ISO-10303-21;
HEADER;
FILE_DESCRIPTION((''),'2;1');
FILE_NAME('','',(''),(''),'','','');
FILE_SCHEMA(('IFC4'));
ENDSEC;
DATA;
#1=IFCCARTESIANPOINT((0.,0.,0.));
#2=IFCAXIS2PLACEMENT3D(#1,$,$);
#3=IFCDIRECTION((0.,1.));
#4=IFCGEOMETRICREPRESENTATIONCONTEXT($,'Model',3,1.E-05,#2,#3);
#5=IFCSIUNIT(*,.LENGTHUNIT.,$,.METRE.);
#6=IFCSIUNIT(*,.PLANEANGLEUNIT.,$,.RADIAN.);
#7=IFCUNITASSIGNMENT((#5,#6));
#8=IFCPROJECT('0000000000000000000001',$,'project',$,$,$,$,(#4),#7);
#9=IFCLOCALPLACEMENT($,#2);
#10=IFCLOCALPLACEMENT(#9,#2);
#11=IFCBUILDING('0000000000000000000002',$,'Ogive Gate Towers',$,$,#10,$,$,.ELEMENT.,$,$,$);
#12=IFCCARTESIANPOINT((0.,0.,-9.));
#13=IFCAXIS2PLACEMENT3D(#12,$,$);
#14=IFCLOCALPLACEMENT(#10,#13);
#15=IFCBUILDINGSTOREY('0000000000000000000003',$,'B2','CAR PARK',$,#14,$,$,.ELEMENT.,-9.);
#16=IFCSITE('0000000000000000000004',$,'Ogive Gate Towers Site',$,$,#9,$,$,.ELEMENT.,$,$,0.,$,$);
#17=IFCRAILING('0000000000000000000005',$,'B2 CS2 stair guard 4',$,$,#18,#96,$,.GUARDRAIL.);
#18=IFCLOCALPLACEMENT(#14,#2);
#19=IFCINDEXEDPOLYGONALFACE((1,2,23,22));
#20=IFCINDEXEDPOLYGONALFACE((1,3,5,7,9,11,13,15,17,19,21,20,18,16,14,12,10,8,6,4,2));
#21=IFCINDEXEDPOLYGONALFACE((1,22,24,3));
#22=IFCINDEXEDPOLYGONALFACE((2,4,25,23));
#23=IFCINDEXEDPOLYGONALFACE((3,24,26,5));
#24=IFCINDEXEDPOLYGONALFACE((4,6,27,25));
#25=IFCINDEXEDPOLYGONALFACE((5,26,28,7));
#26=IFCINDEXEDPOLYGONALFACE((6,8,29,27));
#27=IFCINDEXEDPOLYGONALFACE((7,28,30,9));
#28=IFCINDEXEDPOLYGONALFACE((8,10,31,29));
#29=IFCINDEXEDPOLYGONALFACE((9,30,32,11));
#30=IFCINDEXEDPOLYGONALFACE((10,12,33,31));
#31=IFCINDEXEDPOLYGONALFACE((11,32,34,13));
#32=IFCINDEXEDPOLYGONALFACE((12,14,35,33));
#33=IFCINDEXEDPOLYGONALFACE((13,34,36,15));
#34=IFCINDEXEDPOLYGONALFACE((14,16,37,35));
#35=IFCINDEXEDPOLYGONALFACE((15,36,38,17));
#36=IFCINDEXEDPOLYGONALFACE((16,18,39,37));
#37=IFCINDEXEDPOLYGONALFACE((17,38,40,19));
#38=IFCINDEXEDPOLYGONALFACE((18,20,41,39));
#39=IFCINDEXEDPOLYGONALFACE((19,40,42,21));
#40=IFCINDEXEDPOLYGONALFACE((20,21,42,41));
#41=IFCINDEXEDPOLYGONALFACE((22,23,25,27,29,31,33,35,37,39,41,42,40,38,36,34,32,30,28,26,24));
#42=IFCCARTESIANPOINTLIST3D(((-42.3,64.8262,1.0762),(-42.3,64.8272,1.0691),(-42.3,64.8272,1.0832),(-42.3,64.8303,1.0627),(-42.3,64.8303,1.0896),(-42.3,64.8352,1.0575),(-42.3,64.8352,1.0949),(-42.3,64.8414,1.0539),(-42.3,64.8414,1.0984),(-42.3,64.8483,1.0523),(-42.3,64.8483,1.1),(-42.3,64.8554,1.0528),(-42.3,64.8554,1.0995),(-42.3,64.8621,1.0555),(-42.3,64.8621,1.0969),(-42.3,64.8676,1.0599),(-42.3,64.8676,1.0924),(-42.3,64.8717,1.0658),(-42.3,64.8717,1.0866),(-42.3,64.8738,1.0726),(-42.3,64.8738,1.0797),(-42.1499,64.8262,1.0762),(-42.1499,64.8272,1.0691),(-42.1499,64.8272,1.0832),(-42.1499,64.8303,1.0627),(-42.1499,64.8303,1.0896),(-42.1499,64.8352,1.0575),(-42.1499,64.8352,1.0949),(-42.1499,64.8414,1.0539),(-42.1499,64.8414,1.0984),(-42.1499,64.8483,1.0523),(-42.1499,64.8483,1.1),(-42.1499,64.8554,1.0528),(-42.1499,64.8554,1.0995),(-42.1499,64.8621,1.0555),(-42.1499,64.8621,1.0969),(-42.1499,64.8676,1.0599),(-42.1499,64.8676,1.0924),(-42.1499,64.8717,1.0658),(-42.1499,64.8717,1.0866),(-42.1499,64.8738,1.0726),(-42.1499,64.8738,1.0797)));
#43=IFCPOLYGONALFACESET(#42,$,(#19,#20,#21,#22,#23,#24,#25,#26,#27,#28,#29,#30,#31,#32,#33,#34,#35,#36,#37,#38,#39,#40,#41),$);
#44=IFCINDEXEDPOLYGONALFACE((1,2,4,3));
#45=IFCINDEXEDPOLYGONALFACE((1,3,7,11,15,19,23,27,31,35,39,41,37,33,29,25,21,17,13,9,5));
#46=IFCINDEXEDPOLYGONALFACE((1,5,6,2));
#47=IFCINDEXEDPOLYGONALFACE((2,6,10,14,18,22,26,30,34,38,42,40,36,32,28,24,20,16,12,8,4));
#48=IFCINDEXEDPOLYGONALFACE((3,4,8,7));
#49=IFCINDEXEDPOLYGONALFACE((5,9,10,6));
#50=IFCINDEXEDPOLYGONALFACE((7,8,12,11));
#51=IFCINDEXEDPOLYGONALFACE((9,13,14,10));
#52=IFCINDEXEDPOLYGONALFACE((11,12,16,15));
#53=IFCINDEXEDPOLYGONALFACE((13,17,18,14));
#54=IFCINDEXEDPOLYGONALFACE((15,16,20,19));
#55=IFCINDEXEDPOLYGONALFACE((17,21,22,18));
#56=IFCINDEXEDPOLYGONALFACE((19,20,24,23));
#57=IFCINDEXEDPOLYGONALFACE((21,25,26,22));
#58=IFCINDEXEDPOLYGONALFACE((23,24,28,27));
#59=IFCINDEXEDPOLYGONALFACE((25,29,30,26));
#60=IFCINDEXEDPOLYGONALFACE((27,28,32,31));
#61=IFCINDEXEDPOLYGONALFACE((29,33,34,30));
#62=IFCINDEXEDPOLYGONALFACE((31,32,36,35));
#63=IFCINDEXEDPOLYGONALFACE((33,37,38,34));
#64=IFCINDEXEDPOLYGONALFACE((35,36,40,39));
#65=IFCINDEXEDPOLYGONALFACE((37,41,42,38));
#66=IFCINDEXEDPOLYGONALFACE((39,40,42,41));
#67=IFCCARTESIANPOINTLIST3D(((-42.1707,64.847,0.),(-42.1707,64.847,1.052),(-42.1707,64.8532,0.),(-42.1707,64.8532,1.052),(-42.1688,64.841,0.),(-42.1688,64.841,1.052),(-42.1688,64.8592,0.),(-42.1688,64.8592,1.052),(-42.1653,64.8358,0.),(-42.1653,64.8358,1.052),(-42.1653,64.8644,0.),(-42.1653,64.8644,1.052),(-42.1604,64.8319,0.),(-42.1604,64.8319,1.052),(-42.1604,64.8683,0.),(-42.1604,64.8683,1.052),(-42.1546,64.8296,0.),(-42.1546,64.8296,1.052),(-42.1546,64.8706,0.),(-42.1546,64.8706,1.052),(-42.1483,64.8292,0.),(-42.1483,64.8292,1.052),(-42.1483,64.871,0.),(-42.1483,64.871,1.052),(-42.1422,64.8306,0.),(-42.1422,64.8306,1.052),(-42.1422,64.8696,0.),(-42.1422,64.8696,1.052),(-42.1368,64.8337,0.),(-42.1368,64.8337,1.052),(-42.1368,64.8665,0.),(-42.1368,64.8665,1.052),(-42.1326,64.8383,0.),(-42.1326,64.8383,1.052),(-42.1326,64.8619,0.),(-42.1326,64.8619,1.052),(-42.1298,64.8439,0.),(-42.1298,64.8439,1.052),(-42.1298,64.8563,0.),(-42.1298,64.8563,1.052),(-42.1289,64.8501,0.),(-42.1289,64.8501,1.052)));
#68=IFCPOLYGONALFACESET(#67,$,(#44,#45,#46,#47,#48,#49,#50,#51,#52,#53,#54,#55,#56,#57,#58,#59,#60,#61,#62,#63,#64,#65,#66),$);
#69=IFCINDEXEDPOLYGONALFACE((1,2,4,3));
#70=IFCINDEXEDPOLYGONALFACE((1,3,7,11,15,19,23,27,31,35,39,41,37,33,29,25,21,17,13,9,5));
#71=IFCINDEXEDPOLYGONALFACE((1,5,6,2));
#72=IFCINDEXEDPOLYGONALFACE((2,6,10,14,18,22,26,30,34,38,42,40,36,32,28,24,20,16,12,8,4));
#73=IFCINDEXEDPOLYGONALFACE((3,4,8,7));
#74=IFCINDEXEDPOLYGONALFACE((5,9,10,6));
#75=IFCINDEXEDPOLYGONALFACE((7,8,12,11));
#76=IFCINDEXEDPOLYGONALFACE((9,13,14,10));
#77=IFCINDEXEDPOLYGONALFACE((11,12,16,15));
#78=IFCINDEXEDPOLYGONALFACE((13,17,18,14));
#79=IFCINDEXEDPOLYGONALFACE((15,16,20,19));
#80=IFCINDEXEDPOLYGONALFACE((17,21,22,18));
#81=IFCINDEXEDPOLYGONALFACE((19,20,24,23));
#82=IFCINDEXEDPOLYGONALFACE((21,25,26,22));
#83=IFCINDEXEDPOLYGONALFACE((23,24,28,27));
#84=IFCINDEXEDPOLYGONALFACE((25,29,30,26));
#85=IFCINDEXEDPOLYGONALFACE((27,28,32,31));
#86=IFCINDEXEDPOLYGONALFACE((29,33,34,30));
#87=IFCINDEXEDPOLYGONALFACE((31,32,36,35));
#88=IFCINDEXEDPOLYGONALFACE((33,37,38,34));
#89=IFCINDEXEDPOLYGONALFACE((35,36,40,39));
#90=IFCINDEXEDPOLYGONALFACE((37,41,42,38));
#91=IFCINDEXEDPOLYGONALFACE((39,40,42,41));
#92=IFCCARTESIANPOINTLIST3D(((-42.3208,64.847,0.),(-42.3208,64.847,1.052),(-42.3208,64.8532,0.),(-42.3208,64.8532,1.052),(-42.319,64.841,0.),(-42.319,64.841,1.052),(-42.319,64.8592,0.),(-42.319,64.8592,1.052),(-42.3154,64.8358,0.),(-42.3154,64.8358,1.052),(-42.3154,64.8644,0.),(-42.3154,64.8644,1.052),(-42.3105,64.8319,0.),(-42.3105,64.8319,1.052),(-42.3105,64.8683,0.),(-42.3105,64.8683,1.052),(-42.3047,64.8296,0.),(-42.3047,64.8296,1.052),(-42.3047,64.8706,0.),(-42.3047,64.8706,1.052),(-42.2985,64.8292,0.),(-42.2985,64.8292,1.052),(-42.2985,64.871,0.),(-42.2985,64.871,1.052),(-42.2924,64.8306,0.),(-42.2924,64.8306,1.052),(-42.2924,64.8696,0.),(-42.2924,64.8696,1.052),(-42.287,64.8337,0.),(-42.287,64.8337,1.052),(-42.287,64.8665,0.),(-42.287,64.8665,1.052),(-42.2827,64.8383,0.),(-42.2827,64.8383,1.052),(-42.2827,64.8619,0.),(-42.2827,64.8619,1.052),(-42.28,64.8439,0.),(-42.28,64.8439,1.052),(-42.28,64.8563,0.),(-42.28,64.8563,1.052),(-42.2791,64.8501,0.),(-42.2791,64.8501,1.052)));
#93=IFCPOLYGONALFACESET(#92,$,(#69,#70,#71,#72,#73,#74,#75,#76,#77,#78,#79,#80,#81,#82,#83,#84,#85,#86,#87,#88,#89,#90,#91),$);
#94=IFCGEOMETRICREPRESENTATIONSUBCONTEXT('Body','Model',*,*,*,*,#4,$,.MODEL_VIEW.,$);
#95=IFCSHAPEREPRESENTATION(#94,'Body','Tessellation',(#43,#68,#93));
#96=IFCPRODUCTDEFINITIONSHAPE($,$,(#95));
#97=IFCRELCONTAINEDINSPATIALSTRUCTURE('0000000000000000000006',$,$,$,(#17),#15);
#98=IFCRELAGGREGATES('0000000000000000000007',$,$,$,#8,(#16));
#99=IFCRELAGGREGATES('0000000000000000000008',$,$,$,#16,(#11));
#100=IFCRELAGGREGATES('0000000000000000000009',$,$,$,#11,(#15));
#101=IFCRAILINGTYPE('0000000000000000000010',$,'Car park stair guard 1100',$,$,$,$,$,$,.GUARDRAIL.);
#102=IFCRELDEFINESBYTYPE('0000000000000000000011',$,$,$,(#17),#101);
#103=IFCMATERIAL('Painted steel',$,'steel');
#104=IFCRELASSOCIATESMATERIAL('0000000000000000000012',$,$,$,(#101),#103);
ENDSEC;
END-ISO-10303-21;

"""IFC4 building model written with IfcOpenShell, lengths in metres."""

from ifc_helpers import new_model, si_unit, direction, frame, origin, origin_2d, place, context, subcontext, project, spatial, circle, extrude, material, type_object, element, save


model = new_model("IFC4")

# Units and contexts
model_context = context("Model", 3, precision=1e-05, world=origin(), true_north=direction((0.0, 1.0)))
body_context = subcontext(model_context, "Body", "Model", "MODEL_VIEW")
ifc_project = project(units=[si_unit("LENGTHUNIT", "METRE"), si_unit("PLANEANGLEUNIT", "RADIAN")], contexts=[model_context])

# Site, building, storey
site_placement = place(None, origin())
site = spatial("IfcSite", under=ifc_project, at=site_placement, Name="Ogive Gate Towers Site", CompositionType="ELEMENT", RefElevation=0.0)
building_placement = place(site_placement, origin())
building = spatial("IfcBuilding", under=site, at=building_placement, Name="Ogive Gate Towers", CompositionType="ELEMENT")
storey_placement = place(building_placement, frame((0.0, 0.0, -9.0)))
storey = spatial("IfcBuildingStorey", under=building, at=storey_placement, Name="B2", Description="CAR PARK", CompositionType="ELEMENT", Elevation=-9.0)

# Railing
ifc_material_1 = material(Name="Painted steel", Category="steel")
railing_type_1 = type_object("IfcRailingType", Name="Car park stair guard 1100", PredefinedType="GUARDRAIL", material=ifc_material_1)
railing_1_placement = place(storey_placement, frame((-42.1499, 64.8501, 0.0)))
element("IfcRailing", 1, at=railing_1_placement, inside=storey, type_object=railing_type_1, Name="B2 CS2 stair guard 4", PredefinedType="GUARDRAIL", context=body_context, shape_type="SweptSolid", body=[
    extrude(circle(Radius=0.0239, at=origin_2d()), frame((0.0, 0.0, 1.0762), z_axis=(-1.0, 0.0, 0.0), x_axis=(0.0, -1.0, 0.0)), (0.0, 0.0, 1.0), 0.1501),
    extrude(circle(Radius=0.021, at=origin_2d()), origin(), (0.0, 0.0, 1.0), 1.052),
    extrude(circle(Radius=0.021, at=origin_2d()), frame((-0.1501, 0.0, 0.0)), (0.0, 0.0, 1.0), 1.052),
])

save(model, "model.ifc")
